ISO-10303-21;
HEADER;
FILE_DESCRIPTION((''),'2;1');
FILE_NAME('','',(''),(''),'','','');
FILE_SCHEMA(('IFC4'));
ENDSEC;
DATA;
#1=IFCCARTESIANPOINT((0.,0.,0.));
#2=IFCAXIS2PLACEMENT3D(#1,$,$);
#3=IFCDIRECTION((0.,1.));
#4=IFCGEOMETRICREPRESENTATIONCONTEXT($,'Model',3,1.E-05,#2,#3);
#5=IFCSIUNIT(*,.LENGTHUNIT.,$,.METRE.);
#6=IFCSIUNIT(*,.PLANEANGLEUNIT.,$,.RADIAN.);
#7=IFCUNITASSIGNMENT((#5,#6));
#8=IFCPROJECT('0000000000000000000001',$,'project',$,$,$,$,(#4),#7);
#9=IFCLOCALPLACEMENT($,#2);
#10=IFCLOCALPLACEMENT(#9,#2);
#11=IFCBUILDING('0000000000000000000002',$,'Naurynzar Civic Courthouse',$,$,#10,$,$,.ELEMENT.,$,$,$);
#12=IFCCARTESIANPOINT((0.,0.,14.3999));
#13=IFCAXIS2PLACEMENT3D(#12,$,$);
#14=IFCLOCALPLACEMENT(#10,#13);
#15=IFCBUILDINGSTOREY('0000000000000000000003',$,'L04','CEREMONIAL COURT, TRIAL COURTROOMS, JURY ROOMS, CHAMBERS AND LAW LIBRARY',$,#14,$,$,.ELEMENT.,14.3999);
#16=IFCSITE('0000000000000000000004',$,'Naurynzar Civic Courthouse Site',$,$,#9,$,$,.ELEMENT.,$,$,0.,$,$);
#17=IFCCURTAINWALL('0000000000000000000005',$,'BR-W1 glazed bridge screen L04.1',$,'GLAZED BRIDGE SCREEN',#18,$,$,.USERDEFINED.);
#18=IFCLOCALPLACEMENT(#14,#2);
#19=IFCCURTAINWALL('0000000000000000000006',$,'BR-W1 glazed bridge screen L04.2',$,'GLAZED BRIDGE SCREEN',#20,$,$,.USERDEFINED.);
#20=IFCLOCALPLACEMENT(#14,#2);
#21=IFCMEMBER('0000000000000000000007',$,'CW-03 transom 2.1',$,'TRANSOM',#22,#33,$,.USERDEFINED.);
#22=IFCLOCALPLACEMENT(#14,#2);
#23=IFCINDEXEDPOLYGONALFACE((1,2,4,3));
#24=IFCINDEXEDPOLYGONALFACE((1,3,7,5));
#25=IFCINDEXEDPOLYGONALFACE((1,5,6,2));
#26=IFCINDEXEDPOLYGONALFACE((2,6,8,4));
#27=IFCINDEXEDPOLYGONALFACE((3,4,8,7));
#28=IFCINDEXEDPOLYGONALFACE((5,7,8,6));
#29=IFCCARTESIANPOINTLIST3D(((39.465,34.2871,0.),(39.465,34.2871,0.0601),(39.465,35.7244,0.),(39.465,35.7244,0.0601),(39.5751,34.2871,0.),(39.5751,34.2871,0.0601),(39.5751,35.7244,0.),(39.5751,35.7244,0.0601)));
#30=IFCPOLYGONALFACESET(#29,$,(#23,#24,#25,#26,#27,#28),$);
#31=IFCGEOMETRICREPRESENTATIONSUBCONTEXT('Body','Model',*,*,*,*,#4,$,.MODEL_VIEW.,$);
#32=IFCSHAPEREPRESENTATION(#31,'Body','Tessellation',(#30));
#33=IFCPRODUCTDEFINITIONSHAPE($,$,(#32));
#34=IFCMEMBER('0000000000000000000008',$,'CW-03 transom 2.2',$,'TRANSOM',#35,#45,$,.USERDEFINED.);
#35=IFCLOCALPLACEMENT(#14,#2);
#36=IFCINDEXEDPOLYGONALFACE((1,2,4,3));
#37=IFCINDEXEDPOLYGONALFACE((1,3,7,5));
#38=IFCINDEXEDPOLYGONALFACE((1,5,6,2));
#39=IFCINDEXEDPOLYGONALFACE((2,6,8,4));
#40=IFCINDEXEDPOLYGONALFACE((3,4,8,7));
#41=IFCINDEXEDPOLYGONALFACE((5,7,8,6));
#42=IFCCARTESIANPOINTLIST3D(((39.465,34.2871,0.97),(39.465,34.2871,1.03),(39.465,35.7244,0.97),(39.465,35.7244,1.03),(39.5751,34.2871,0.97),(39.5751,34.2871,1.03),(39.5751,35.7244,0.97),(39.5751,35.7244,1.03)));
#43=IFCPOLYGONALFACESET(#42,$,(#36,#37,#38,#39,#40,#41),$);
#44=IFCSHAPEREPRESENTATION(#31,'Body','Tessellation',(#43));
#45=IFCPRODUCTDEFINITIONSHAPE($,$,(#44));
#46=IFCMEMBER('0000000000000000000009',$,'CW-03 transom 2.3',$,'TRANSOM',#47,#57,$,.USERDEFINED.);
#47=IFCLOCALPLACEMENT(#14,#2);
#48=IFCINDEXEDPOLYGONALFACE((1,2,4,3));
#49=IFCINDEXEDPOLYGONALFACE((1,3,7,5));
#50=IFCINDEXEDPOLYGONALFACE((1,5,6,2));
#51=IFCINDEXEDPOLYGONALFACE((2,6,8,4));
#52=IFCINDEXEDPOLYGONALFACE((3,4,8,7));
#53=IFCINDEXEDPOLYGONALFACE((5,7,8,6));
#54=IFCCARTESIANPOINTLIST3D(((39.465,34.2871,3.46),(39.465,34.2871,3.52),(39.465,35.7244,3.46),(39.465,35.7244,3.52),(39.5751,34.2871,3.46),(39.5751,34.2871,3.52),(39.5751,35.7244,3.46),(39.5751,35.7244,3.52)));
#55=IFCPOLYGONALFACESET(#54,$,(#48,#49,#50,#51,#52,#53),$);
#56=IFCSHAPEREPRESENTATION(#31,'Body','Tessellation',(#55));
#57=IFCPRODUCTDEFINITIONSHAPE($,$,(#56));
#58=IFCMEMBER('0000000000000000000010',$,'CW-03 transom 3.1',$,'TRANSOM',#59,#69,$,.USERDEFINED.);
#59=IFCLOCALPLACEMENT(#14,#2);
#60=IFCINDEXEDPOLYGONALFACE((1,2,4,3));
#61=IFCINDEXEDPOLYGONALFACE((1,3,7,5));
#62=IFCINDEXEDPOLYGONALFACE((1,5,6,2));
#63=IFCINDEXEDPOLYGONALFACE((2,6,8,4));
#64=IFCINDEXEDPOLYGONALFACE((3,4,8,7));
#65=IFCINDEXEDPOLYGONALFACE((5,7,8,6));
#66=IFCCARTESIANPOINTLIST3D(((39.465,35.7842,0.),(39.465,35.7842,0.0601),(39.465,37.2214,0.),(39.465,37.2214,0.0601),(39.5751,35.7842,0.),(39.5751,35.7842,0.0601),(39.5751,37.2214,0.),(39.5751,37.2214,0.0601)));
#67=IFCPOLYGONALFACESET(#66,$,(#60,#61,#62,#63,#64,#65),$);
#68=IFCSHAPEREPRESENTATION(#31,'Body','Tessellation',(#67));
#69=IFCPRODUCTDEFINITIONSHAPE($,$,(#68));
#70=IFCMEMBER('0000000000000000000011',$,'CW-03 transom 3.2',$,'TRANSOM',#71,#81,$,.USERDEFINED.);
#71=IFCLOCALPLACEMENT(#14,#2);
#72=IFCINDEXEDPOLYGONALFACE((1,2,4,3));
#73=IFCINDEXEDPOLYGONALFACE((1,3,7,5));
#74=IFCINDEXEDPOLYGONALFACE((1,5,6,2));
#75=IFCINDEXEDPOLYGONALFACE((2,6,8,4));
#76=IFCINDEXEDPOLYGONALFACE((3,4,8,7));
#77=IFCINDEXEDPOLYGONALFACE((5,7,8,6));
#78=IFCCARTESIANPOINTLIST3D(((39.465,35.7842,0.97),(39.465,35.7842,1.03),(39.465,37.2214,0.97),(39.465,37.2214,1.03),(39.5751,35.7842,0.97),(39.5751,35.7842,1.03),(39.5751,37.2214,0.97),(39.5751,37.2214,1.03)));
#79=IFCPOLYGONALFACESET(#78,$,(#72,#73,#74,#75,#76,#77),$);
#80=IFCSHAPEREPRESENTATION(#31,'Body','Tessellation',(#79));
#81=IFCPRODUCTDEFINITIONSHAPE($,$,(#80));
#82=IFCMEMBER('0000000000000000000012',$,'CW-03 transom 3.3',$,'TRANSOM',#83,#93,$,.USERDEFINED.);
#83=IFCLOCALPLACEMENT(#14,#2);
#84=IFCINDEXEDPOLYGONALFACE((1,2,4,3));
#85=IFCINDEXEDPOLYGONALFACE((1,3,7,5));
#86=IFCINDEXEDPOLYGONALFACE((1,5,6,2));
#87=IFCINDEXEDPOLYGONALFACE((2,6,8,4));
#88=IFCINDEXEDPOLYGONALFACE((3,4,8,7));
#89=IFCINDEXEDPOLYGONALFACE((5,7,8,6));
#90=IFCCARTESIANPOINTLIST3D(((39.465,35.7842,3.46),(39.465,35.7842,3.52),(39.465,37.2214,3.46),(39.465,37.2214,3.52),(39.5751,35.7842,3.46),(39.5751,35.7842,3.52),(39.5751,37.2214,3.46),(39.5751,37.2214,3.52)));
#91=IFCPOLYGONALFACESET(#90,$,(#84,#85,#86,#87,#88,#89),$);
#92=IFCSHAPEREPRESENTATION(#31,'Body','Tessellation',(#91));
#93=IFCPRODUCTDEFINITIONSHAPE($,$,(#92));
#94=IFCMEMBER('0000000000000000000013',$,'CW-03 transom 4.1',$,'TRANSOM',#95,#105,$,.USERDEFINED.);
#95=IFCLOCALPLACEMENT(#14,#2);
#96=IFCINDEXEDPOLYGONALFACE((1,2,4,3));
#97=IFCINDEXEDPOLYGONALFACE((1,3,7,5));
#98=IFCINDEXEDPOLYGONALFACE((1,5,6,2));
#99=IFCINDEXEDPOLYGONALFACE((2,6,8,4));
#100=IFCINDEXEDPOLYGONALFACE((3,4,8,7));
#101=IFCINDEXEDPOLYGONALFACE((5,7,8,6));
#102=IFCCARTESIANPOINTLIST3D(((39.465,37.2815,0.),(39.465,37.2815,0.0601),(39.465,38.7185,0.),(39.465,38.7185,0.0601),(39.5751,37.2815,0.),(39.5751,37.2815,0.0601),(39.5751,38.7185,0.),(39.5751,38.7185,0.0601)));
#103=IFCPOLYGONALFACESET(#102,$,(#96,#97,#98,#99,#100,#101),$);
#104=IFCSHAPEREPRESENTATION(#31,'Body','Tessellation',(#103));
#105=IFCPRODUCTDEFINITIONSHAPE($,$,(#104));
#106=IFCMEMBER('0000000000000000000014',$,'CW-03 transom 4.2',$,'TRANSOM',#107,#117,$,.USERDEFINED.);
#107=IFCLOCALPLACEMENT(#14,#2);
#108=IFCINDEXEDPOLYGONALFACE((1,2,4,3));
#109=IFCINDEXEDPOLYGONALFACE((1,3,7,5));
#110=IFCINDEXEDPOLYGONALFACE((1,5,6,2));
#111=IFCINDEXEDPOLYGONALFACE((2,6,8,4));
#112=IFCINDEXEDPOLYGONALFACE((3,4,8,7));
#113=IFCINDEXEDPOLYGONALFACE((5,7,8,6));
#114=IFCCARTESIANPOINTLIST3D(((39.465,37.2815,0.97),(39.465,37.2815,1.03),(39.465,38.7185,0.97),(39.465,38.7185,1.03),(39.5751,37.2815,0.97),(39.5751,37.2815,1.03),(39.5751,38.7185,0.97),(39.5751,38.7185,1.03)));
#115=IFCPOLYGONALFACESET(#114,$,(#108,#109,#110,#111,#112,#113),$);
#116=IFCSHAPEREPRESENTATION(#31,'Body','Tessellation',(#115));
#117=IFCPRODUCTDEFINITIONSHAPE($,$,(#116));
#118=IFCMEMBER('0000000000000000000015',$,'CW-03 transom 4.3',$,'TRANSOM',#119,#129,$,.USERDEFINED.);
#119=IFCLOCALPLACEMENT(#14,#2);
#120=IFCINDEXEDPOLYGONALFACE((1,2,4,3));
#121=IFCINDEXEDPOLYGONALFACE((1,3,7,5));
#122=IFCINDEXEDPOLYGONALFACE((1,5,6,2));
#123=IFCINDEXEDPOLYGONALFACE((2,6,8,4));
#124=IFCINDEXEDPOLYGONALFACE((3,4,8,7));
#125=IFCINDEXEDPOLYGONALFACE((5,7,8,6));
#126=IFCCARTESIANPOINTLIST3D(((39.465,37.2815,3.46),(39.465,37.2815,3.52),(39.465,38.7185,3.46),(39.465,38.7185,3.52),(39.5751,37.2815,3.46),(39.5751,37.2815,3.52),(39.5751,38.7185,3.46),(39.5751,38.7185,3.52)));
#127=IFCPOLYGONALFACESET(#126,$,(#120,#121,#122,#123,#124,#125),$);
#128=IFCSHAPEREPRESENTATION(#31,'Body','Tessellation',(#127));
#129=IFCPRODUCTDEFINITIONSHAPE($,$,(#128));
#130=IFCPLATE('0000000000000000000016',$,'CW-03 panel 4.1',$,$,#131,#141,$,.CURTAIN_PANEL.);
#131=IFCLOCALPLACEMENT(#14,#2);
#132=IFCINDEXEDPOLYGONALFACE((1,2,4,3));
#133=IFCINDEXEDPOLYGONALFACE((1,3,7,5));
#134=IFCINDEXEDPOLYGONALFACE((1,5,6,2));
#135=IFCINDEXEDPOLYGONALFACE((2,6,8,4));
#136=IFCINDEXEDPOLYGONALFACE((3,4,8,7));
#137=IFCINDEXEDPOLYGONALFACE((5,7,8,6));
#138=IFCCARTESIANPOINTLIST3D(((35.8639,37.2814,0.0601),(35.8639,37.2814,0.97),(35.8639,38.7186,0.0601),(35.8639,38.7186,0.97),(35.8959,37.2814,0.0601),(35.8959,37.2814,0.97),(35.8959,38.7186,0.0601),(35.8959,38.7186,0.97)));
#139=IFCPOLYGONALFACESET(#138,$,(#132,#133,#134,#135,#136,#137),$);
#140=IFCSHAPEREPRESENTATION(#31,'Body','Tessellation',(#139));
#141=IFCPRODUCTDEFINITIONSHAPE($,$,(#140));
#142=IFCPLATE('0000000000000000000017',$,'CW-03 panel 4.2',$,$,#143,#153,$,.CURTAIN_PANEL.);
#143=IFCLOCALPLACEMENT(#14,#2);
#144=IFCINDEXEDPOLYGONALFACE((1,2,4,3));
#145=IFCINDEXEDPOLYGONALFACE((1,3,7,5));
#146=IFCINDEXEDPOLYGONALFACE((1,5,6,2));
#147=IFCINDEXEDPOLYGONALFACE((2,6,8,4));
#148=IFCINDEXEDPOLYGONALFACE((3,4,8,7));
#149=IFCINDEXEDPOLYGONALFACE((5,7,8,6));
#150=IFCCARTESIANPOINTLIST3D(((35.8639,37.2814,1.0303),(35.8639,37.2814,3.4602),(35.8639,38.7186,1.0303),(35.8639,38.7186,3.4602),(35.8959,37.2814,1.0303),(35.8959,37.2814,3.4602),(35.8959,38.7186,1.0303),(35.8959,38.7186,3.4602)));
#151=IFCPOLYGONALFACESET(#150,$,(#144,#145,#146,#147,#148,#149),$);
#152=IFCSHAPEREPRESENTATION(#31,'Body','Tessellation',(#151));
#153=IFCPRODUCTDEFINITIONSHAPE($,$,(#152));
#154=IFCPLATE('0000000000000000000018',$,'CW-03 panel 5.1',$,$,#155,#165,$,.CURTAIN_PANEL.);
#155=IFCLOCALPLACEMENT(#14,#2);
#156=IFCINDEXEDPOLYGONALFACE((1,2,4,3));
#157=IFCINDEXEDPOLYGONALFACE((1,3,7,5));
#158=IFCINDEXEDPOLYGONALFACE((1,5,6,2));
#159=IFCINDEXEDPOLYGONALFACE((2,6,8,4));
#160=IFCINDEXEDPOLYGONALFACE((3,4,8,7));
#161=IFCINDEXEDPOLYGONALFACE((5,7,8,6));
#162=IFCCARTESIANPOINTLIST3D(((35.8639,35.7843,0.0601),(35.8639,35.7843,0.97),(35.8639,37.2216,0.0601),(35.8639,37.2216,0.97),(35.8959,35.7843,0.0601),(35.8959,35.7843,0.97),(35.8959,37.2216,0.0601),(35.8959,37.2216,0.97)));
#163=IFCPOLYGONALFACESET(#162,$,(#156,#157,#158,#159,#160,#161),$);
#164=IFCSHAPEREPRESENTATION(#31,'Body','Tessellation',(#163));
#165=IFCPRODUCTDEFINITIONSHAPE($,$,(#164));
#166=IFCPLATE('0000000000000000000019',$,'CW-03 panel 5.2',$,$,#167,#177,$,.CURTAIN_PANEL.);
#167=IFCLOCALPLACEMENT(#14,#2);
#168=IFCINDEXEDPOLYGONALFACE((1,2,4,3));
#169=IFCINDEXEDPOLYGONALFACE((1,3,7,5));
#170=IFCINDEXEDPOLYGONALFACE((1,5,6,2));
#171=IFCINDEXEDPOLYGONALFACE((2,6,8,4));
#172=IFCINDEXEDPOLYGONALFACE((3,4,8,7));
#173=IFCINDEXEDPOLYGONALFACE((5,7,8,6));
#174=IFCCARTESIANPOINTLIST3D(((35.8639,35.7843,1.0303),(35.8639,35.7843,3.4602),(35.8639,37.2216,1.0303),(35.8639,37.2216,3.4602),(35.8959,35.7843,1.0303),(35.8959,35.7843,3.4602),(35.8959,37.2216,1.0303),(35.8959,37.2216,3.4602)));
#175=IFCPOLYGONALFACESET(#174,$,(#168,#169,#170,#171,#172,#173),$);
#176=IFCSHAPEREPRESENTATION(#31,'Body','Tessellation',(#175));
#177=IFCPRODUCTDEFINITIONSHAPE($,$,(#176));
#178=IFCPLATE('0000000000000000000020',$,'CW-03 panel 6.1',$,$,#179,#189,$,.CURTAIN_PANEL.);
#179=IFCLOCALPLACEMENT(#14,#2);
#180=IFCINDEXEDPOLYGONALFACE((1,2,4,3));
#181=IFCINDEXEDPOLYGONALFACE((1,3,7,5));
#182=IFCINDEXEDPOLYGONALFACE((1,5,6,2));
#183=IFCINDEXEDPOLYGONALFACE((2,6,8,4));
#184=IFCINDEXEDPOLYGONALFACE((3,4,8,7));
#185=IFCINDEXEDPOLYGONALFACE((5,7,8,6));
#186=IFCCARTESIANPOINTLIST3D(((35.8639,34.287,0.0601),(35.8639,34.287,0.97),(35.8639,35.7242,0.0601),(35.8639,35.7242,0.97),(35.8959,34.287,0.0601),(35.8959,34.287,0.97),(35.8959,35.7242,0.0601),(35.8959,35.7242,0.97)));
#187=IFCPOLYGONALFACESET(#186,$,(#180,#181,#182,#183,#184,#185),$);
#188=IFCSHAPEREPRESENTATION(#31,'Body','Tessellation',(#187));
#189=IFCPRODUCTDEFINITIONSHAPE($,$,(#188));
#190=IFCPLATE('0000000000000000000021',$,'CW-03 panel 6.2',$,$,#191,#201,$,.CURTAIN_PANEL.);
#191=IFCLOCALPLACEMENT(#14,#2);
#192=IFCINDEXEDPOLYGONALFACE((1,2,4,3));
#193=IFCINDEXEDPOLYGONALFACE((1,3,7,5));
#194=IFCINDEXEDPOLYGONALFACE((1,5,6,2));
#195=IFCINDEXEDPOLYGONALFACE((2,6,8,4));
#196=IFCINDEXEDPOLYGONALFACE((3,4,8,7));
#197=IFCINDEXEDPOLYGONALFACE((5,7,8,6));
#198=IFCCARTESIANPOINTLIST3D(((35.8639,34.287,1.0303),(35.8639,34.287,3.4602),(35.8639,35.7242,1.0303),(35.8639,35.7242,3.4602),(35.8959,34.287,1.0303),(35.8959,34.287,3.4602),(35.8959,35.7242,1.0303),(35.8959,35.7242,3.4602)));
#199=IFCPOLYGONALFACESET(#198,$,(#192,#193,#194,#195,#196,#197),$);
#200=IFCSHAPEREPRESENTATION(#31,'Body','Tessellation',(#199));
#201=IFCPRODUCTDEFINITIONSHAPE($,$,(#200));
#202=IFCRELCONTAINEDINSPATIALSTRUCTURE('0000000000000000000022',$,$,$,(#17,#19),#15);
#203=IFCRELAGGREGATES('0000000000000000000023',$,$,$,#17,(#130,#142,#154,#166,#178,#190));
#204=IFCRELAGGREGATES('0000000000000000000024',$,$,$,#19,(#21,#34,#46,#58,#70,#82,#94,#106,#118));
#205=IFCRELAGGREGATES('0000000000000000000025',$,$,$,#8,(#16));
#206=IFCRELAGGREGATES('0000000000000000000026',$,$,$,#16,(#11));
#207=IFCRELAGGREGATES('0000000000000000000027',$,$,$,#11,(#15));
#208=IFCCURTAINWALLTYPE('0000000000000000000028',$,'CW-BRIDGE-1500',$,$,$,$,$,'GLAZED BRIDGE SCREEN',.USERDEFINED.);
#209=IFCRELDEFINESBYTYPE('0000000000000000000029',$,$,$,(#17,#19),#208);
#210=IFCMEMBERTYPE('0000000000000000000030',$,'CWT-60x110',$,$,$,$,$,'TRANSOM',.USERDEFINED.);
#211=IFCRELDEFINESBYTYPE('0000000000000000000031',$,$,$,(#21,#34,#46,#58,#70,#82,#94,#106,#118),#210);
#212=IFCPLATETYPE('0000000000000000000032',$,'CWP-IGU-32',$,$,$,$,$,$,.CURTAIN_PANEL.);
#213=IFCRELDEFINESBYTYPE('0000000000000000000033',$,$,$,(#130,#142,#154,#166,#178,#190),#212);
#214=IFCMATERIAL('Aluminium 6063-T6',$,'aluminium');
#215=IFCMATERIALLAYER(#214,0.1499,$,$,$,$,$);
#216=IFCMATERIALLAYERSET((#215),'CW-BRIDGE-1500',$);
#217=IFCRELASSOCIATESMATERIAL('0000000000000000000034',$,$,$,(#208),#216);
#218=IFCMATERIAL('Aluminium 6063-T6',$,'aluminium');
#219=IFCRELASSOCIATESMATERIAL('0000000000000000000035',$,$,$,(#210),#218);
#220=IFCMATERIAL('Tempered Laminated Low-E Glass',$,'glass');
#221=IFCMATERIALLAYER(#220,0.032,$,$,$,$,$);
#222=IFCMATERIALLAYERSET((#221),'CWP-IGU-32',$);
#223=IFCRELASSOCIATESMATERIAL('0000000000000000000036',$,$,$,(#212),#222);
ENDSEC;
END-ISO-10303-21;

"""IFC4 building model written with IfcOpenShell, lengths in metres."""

from ifc_helpers import new_model, si_unit, direction, frame, origin, origin_2d, place, context, subcontext, project, spatial, rectangle, extrude, material, layer, layer_set, material_profile, profile_set, type_object, element, aggregate, save


model = new_model("IFC4")

# Units and contexts
model_context = context("Model", 3, precision=1e-05, world=origin(), true_north=direction((0.0, 1.0)))
body_context = subcontext(model_context, "Body", "Model", "MODEL_VIEW")
ifc_project = project(units=[si_unit("LENGTHUNIT", "METRE"), si_unit("PLANEANGLEUNIT", "RADIAN")], contexts=[model_context])

# Site, building, storey
site_placement = place(None, origin())
site = spatial("IfcSite", under=ifc_project, at=site_placement, Name="Naurynzar Civic Courthouse Site", CompositionType="ELEMENT", RefElevation=0.0)
building_placement = place(site_placement, origin())
building = spatial("IfcBuilding", under=site, at=building_placement, Name="Naurynzar Civic Courthouse", CompositionType="ELEMENT")
storey_placement = place(building_placement, frame((0.0, 0.0, 14.3999)))
storey = spatial("IfcBuildingStorey", under=building, at=storey_placement, Name="L04", Description="CEREMONIAL COURT, TRIAL COURTROOMS, JURY ROOMS, CHAMBERS AND LAW LIBRARY", CompositionType="ELEMENT", Elevation=14.3999)

# Curtain walls
ifc_material_1 = material(Name="Aluminium 6063-T6", Category="aluminium")
ifc_layer_1 = layer(ifc_material_1, 0.1499)
ifc_layer_set_1 = layer_set([ifc_layer_1], Name="CW-BRIDGE-1500")
curtain_wall_type = type_object("IfcCurtainWallType", Name="CW-BRIDGE-1500", ElementType="GLAZED BRIDGE SCREEN", PredefinedType="USERDEFINED", material=ifc_layer_set_1)
curtain_wall_1_placement = place(storey_placement, origin())
curtain_wall_1 = element("IfcCurtainWall", 1, at=curtain_wall_1_placement, inside=storey, type_object=curtain_wall_type, Name="BR-W1 glazed bridge screen L04.1", ObjectType="GLAZED BRIDGE SCREEN", PredefinedType="USERDEFINED")
curtain_wall_2_placement = place(storey_placement, origin())
curtain_wall_2 = element("IfcCurtainWall", 2, at=curtain_wall_2_placement, inside=storey, type_object=curtain_wall_type, Name="BR-W1 glazed bridge screen L04.2", ObjectType="GLAZED BRIDGE SCREEN", PredefinedType="USERDEFINED")

# Members
ifc_material_2 = material(Name="Aluminium 6063-T6", Category="aluminium")
ifc_material_profile_1 = material_profile(ifc_material_2, rectangle(XDim=0.1101, YDim=0.0601, at=origin_2d()), Name="ALU TRANSOM 60x110")
ifc_profile_set_1 = profile_set([ifc_material_profile_1], Name="Aluminium 6063-T6")
member_type_1 = type_object("IfcMemberType", Name="CWT-60x110", ElementType="TRANSOM", PredefinedType="USERDEFINED", material=ifc_profile_set_1)
member_1_placement = place(storey_placement, frame((39.52, 34.2871, 0.03), z_axis=(0.0, 1.0, 0.0), x_axis=(-1.0, 0.0, 0.0)))
member_1 = element("IfcMember", 3, at=member_1_placement, type_object=member_type_1, Name="CW-03 transom 2.1", ObjectType="TRANSOM", PredefinedType="USERDEFINED", context=body_context, shape_type="SweptSolid", body=[
    extrude(rectangle(XDim=0.1101, YDim=0.0601, at=origin_2d()), origin(), (0.0, 0.0, 1.0), 1.4373),
])
member_2_placement = place(storey_placement, frame((39.52, 34.2871, 1.0), z_axis=(0.0, 1.0, 0.0), x_axis=(-1.0, 0.0, 0.0)))
member_2 = element("IfcMember", 4, at=member_2_placement, type_object=member_type_1, Name="CW-03 transom 2.2", ObjectType="TRANSOM", PredefinedType="USERDEFINED", context=body_context, shape_type="SweptSolid", body=[
    extrude(rectangle(XDim=0.1101, YDim=0.0601, at=origin_2d()), origin(), (0.0, 0.0, 1.0), 1.4373),
])
member_3_placement = place(storey_placement, frame((39.52, 34.2871, 3.49), z_axis=(0.0, 1.0, 0.0), x_axis=(-1.0, 0.0, 0.0)))
member_3 = element("IfcMember", 5, at=member_3_placement, type_object=member_type_1, Name="CW-03 transom 2.3", ObjectType="TRANSOM", PredefinedType="USERDEFINED", context=body_context, shape_type="SweptSolid", body=[
    extrude(rectangle(XDim=0.1101, YDim=0.0601, at=origin_2d()), origin(), (0.0, 0.0, 1.0), 1.4373),
])
member_4_placement = place(storey_placement, frame((39.52, 35.7842, 0.03), z_axis=(0.0, 1.0, 0.0), x_axis=(-1.0, 0.0, 0.0)))
member_4 = element("IfcMember", 6, at=member_4_placement, type_object=member_type_1, Name="CW-03 transom 3.1", ObjectType="TRANSOM", PredefinedType="USERDEFINED", context=body_context, shape_type="SweptSolid", body=[
    extrude(rectangle(XDim=0.1101, YDim=0.0601, at=origin_2d()), origin(), (0.0, 0.0, 1.0), 1.4373),
])
member_5_placement = place(storey_placement, frame((39.52, 35.7842, 1.0), z_axis=(0.0, 1.0, 0.0), x_axis=(-1.0, 0.0, 0.0)))
member_5 = element("IfcMember", 7, at=member_5_placement, type_object=member_type_1, Name="CW-03 transom 3.2", ObjectType="TRANSOM", PredefinedType="USERDEFINED", context=body_context, shape_type="SweptSolid", body=[
    extrude(rectangle(XDim=0.1101, YDim=0.0601, at=origin_2d()), origin(), (0.0, 0.0, 1.0), 1.4373),
])
member_6_placement = place(storey_placement, frame((39.52, 35.7842, 3.49), z_axis=(0.0, 1.0, 0.0), x_axis=(-1.0, 0.0, 0.0)))
member_6 = element("IfcMember", 8, at=member_6_placement, type_object=member_type_1, Name="CW-03 transom 3.3", ObjectType="TRANSOM", PredefinedType="USERDEFINED", context=body_context, shape_type="SweptSolid", body=[
    extrude(rectangle(XDim=0.1101, YDim=0.0601, at=origin_2d()), origin(), (0.0, 0.0, 1.0), 1.4373),
])
member_7_placement = place(storey_placement, frame((39.52, 37.2815, 0.03), z_axis=(0.0, 1.0, 0.0), x_axis=(-1.0, 0.0, 0.0)))
member_7 = element("IfcMember", 9, at=member_7_placement, type_object=member_type_1, Name="CW-03 transom 4.1", ObjectType="TRANSOM", PredefinedType="USERDEFINED", context=body_context, shape_type="SweptSolid", body=[
    extrude(rectangle(XDim=0.1101, YDim=0.0601, at=origin_2d()), origin(), (0.0, 0.0, 1.0), 1.437),
])
member_8_placement = place(storey_placement, frame((39.52, 37.2815, 1.0), z_axis=(0.0, 1.0, 0.0), x_axis=(-1.0, 0.0, 0.0)))
member_8 = element("IfcMember", 10, at=member_8_placement, type_object=member_type_1, Name="CW-03 transom 4.2", ObjectType="TRANSOM", PredefinedType="USERDEFINED", context=body_context, shape_type="SweptSolid", body=[
    extrude(rectangle(XDim=0.1101, YDim=0.0601, at=origin_2d()), origin(), (0.0, 0.0, 1.0), 1.437),
])
member_9_placement = place(storey_placement, frame((39.52, 37.2815, 3.49), z_axis=(0.0, 1.0, 0.0), x_axis=(-1.0, 0.0, 0.0)))
member_9 = element("IfcMember", 11, at=member_9_placement, type_object=member_type_1, Name="CW-03 transom 4.3", ObjectType="TRANSOM", PredefinedType="USERDEFINED", context=body_context, shape_type="SweptSolid", body=[
    extrude(rectangle(XDim=0.1101, YDim=0.0601, at=origin_2d()), origin(), (0.0, 0.0, 1.0), 1.437),
])

# Plates
ifc_material_3 = material(Name="Tempered Laminated Low-E Glass", Category="glass")
ifc_layer_2 = layer(ifc_material_3, 0.032)
ifc_layer_set_2 = layer_set([ifc_layer_2], Name="CWP-IGU-32")
plate_type = type_object("IfcPlateType", Name="CWP-IGU-32", PredefinedType="CURTAIN_PANEL", material=ifc_layer_set_2)
plate_1_placement = place(storey_placement, frame((35.8799, 38.0, 0.0601), z_axis=(0.0, 0.0, 1.0), x_axis=(0.0, -1.0, 0.0)))
plate_1 = element("IfcPlate", 12, at=plate_1_placement, type_object=plate_type, Name="CW-03 panel 4.1", PredefinedType="CURTAIN_PANEL", context=body_context, shape_type="SweptSolid", body=[
    extrude(rectangle(XDim=1.4373, YDim=0.032, at=origin_2d()), origin(), (0.0, 0.0, 1.0), 0.9099),
])
plate_2_placement = place(storey_placement, frame((35.8799, 38.0, 1.0303), z_axis=(0.0, 0.0, 1.0), x_axis=(0.0, -1.0, 0.0)))
plate_2 = element("IfcPlate", 13, at=plate_2_placement, type_object=plate_type, Name="CW-03 panel 4.2", PredefinedType="CURTAIN_PANEL", context=body_context, shape_type="SweptSolid", body=[
    extrude(rectangle(XDim=1.4373, YDim=0.032, at=origin_2d()), origin(), (0.0, 0.0, 1.0), 2.4299),
])
plate_3_placement = place(storey_placement, frame((35.8799, 36.5029, 0.0601), z_axis=(0.0, 0.0, 1.0), x_axis=(0.0, -1.0, 0.0)))
plate_3 = element("IfcPlate", 14, at=plate_3_placement, type_object=plate_type, Name="CW-03 panel 5.1", PredefinedType="CURTAIN_PANEL", context=body_context, shape_type="SweptSolid", body=[
    extrude(rectangle(XDim=1.4373, YDim=0.032, at=origin_2d()), origin(), (0.0, 0.0, 1.0), 0.9099),
])
plate_4_placement = place(storey_placement, frame((35.8799, 36.5029, 1.0303), z_axis=(0.0, 0.0, 1.0), x_axis=(0.0, -1.0, 0.0)))
plate_4 = element("IfcPlate", 15, at=plate_4_placement, type_object=plate_type, Name="CW-03 panel 5.2", PredefinedType="CURTAIN_PANEL", context=body_context, shape_type="SweptSolid", body=[
    extrude(rectangle(XDim=1.4373, YDim=0.032, at=origin_2d()), origin(), (0.0, 0.0, 1.0), 2.4299),
])
plate_5_placement = place(storey_placement, frame((35.8799, 35.0056, 0.0601), z_axis=(0.0, 0.0, 1.0), x_axis=(0.0, -1.0, 0.0)))
plate_5 = element("IfcPlate", 16, at=plate_5_placement, type_object=plate_type, Name="CW-03 panel 6.1", PredefinedType="CURTAIN_PANEL", context=body_context, shape_type="SweptSolid", body=[
    extrude(rectangle(XDim=1.4373, YDim=0.032, at=origin_2d()), origin(), (0.0, 0.0, 1.0), 0.9099),
])
plate_6_placement = place(storey_placement, frame((35.8799, 35.0056, 1.0303), z_axis=(0.0, 0.0, 1.0), x_axis=(0.0, -1.0, 0.0)))
plate_6 = element("IfcPlate", 17, at=plate_6_placement, type_object=plate_type, Name="CW-03 panel 6.2", PredefinedType="CURTAIN_PANEL", context=body_context, shape_type="SweptSolid", body=[
    extrude(rectangle(XDim=1.4373, YDim=0.032, at=origin_2d()), origin(), (0.0, 0.0, 1.0), 2.4299),
])
aggregate(curtain_wall_1, [plate_1, plate_2, plate_3, plate_4, plate_5, plate_6])
aggregate(curtain_wall_2, [member_1, member_2, member_3, member_4, member_5, member_6, member_7, member_8, member_9])

save(model, "model.ifc")
